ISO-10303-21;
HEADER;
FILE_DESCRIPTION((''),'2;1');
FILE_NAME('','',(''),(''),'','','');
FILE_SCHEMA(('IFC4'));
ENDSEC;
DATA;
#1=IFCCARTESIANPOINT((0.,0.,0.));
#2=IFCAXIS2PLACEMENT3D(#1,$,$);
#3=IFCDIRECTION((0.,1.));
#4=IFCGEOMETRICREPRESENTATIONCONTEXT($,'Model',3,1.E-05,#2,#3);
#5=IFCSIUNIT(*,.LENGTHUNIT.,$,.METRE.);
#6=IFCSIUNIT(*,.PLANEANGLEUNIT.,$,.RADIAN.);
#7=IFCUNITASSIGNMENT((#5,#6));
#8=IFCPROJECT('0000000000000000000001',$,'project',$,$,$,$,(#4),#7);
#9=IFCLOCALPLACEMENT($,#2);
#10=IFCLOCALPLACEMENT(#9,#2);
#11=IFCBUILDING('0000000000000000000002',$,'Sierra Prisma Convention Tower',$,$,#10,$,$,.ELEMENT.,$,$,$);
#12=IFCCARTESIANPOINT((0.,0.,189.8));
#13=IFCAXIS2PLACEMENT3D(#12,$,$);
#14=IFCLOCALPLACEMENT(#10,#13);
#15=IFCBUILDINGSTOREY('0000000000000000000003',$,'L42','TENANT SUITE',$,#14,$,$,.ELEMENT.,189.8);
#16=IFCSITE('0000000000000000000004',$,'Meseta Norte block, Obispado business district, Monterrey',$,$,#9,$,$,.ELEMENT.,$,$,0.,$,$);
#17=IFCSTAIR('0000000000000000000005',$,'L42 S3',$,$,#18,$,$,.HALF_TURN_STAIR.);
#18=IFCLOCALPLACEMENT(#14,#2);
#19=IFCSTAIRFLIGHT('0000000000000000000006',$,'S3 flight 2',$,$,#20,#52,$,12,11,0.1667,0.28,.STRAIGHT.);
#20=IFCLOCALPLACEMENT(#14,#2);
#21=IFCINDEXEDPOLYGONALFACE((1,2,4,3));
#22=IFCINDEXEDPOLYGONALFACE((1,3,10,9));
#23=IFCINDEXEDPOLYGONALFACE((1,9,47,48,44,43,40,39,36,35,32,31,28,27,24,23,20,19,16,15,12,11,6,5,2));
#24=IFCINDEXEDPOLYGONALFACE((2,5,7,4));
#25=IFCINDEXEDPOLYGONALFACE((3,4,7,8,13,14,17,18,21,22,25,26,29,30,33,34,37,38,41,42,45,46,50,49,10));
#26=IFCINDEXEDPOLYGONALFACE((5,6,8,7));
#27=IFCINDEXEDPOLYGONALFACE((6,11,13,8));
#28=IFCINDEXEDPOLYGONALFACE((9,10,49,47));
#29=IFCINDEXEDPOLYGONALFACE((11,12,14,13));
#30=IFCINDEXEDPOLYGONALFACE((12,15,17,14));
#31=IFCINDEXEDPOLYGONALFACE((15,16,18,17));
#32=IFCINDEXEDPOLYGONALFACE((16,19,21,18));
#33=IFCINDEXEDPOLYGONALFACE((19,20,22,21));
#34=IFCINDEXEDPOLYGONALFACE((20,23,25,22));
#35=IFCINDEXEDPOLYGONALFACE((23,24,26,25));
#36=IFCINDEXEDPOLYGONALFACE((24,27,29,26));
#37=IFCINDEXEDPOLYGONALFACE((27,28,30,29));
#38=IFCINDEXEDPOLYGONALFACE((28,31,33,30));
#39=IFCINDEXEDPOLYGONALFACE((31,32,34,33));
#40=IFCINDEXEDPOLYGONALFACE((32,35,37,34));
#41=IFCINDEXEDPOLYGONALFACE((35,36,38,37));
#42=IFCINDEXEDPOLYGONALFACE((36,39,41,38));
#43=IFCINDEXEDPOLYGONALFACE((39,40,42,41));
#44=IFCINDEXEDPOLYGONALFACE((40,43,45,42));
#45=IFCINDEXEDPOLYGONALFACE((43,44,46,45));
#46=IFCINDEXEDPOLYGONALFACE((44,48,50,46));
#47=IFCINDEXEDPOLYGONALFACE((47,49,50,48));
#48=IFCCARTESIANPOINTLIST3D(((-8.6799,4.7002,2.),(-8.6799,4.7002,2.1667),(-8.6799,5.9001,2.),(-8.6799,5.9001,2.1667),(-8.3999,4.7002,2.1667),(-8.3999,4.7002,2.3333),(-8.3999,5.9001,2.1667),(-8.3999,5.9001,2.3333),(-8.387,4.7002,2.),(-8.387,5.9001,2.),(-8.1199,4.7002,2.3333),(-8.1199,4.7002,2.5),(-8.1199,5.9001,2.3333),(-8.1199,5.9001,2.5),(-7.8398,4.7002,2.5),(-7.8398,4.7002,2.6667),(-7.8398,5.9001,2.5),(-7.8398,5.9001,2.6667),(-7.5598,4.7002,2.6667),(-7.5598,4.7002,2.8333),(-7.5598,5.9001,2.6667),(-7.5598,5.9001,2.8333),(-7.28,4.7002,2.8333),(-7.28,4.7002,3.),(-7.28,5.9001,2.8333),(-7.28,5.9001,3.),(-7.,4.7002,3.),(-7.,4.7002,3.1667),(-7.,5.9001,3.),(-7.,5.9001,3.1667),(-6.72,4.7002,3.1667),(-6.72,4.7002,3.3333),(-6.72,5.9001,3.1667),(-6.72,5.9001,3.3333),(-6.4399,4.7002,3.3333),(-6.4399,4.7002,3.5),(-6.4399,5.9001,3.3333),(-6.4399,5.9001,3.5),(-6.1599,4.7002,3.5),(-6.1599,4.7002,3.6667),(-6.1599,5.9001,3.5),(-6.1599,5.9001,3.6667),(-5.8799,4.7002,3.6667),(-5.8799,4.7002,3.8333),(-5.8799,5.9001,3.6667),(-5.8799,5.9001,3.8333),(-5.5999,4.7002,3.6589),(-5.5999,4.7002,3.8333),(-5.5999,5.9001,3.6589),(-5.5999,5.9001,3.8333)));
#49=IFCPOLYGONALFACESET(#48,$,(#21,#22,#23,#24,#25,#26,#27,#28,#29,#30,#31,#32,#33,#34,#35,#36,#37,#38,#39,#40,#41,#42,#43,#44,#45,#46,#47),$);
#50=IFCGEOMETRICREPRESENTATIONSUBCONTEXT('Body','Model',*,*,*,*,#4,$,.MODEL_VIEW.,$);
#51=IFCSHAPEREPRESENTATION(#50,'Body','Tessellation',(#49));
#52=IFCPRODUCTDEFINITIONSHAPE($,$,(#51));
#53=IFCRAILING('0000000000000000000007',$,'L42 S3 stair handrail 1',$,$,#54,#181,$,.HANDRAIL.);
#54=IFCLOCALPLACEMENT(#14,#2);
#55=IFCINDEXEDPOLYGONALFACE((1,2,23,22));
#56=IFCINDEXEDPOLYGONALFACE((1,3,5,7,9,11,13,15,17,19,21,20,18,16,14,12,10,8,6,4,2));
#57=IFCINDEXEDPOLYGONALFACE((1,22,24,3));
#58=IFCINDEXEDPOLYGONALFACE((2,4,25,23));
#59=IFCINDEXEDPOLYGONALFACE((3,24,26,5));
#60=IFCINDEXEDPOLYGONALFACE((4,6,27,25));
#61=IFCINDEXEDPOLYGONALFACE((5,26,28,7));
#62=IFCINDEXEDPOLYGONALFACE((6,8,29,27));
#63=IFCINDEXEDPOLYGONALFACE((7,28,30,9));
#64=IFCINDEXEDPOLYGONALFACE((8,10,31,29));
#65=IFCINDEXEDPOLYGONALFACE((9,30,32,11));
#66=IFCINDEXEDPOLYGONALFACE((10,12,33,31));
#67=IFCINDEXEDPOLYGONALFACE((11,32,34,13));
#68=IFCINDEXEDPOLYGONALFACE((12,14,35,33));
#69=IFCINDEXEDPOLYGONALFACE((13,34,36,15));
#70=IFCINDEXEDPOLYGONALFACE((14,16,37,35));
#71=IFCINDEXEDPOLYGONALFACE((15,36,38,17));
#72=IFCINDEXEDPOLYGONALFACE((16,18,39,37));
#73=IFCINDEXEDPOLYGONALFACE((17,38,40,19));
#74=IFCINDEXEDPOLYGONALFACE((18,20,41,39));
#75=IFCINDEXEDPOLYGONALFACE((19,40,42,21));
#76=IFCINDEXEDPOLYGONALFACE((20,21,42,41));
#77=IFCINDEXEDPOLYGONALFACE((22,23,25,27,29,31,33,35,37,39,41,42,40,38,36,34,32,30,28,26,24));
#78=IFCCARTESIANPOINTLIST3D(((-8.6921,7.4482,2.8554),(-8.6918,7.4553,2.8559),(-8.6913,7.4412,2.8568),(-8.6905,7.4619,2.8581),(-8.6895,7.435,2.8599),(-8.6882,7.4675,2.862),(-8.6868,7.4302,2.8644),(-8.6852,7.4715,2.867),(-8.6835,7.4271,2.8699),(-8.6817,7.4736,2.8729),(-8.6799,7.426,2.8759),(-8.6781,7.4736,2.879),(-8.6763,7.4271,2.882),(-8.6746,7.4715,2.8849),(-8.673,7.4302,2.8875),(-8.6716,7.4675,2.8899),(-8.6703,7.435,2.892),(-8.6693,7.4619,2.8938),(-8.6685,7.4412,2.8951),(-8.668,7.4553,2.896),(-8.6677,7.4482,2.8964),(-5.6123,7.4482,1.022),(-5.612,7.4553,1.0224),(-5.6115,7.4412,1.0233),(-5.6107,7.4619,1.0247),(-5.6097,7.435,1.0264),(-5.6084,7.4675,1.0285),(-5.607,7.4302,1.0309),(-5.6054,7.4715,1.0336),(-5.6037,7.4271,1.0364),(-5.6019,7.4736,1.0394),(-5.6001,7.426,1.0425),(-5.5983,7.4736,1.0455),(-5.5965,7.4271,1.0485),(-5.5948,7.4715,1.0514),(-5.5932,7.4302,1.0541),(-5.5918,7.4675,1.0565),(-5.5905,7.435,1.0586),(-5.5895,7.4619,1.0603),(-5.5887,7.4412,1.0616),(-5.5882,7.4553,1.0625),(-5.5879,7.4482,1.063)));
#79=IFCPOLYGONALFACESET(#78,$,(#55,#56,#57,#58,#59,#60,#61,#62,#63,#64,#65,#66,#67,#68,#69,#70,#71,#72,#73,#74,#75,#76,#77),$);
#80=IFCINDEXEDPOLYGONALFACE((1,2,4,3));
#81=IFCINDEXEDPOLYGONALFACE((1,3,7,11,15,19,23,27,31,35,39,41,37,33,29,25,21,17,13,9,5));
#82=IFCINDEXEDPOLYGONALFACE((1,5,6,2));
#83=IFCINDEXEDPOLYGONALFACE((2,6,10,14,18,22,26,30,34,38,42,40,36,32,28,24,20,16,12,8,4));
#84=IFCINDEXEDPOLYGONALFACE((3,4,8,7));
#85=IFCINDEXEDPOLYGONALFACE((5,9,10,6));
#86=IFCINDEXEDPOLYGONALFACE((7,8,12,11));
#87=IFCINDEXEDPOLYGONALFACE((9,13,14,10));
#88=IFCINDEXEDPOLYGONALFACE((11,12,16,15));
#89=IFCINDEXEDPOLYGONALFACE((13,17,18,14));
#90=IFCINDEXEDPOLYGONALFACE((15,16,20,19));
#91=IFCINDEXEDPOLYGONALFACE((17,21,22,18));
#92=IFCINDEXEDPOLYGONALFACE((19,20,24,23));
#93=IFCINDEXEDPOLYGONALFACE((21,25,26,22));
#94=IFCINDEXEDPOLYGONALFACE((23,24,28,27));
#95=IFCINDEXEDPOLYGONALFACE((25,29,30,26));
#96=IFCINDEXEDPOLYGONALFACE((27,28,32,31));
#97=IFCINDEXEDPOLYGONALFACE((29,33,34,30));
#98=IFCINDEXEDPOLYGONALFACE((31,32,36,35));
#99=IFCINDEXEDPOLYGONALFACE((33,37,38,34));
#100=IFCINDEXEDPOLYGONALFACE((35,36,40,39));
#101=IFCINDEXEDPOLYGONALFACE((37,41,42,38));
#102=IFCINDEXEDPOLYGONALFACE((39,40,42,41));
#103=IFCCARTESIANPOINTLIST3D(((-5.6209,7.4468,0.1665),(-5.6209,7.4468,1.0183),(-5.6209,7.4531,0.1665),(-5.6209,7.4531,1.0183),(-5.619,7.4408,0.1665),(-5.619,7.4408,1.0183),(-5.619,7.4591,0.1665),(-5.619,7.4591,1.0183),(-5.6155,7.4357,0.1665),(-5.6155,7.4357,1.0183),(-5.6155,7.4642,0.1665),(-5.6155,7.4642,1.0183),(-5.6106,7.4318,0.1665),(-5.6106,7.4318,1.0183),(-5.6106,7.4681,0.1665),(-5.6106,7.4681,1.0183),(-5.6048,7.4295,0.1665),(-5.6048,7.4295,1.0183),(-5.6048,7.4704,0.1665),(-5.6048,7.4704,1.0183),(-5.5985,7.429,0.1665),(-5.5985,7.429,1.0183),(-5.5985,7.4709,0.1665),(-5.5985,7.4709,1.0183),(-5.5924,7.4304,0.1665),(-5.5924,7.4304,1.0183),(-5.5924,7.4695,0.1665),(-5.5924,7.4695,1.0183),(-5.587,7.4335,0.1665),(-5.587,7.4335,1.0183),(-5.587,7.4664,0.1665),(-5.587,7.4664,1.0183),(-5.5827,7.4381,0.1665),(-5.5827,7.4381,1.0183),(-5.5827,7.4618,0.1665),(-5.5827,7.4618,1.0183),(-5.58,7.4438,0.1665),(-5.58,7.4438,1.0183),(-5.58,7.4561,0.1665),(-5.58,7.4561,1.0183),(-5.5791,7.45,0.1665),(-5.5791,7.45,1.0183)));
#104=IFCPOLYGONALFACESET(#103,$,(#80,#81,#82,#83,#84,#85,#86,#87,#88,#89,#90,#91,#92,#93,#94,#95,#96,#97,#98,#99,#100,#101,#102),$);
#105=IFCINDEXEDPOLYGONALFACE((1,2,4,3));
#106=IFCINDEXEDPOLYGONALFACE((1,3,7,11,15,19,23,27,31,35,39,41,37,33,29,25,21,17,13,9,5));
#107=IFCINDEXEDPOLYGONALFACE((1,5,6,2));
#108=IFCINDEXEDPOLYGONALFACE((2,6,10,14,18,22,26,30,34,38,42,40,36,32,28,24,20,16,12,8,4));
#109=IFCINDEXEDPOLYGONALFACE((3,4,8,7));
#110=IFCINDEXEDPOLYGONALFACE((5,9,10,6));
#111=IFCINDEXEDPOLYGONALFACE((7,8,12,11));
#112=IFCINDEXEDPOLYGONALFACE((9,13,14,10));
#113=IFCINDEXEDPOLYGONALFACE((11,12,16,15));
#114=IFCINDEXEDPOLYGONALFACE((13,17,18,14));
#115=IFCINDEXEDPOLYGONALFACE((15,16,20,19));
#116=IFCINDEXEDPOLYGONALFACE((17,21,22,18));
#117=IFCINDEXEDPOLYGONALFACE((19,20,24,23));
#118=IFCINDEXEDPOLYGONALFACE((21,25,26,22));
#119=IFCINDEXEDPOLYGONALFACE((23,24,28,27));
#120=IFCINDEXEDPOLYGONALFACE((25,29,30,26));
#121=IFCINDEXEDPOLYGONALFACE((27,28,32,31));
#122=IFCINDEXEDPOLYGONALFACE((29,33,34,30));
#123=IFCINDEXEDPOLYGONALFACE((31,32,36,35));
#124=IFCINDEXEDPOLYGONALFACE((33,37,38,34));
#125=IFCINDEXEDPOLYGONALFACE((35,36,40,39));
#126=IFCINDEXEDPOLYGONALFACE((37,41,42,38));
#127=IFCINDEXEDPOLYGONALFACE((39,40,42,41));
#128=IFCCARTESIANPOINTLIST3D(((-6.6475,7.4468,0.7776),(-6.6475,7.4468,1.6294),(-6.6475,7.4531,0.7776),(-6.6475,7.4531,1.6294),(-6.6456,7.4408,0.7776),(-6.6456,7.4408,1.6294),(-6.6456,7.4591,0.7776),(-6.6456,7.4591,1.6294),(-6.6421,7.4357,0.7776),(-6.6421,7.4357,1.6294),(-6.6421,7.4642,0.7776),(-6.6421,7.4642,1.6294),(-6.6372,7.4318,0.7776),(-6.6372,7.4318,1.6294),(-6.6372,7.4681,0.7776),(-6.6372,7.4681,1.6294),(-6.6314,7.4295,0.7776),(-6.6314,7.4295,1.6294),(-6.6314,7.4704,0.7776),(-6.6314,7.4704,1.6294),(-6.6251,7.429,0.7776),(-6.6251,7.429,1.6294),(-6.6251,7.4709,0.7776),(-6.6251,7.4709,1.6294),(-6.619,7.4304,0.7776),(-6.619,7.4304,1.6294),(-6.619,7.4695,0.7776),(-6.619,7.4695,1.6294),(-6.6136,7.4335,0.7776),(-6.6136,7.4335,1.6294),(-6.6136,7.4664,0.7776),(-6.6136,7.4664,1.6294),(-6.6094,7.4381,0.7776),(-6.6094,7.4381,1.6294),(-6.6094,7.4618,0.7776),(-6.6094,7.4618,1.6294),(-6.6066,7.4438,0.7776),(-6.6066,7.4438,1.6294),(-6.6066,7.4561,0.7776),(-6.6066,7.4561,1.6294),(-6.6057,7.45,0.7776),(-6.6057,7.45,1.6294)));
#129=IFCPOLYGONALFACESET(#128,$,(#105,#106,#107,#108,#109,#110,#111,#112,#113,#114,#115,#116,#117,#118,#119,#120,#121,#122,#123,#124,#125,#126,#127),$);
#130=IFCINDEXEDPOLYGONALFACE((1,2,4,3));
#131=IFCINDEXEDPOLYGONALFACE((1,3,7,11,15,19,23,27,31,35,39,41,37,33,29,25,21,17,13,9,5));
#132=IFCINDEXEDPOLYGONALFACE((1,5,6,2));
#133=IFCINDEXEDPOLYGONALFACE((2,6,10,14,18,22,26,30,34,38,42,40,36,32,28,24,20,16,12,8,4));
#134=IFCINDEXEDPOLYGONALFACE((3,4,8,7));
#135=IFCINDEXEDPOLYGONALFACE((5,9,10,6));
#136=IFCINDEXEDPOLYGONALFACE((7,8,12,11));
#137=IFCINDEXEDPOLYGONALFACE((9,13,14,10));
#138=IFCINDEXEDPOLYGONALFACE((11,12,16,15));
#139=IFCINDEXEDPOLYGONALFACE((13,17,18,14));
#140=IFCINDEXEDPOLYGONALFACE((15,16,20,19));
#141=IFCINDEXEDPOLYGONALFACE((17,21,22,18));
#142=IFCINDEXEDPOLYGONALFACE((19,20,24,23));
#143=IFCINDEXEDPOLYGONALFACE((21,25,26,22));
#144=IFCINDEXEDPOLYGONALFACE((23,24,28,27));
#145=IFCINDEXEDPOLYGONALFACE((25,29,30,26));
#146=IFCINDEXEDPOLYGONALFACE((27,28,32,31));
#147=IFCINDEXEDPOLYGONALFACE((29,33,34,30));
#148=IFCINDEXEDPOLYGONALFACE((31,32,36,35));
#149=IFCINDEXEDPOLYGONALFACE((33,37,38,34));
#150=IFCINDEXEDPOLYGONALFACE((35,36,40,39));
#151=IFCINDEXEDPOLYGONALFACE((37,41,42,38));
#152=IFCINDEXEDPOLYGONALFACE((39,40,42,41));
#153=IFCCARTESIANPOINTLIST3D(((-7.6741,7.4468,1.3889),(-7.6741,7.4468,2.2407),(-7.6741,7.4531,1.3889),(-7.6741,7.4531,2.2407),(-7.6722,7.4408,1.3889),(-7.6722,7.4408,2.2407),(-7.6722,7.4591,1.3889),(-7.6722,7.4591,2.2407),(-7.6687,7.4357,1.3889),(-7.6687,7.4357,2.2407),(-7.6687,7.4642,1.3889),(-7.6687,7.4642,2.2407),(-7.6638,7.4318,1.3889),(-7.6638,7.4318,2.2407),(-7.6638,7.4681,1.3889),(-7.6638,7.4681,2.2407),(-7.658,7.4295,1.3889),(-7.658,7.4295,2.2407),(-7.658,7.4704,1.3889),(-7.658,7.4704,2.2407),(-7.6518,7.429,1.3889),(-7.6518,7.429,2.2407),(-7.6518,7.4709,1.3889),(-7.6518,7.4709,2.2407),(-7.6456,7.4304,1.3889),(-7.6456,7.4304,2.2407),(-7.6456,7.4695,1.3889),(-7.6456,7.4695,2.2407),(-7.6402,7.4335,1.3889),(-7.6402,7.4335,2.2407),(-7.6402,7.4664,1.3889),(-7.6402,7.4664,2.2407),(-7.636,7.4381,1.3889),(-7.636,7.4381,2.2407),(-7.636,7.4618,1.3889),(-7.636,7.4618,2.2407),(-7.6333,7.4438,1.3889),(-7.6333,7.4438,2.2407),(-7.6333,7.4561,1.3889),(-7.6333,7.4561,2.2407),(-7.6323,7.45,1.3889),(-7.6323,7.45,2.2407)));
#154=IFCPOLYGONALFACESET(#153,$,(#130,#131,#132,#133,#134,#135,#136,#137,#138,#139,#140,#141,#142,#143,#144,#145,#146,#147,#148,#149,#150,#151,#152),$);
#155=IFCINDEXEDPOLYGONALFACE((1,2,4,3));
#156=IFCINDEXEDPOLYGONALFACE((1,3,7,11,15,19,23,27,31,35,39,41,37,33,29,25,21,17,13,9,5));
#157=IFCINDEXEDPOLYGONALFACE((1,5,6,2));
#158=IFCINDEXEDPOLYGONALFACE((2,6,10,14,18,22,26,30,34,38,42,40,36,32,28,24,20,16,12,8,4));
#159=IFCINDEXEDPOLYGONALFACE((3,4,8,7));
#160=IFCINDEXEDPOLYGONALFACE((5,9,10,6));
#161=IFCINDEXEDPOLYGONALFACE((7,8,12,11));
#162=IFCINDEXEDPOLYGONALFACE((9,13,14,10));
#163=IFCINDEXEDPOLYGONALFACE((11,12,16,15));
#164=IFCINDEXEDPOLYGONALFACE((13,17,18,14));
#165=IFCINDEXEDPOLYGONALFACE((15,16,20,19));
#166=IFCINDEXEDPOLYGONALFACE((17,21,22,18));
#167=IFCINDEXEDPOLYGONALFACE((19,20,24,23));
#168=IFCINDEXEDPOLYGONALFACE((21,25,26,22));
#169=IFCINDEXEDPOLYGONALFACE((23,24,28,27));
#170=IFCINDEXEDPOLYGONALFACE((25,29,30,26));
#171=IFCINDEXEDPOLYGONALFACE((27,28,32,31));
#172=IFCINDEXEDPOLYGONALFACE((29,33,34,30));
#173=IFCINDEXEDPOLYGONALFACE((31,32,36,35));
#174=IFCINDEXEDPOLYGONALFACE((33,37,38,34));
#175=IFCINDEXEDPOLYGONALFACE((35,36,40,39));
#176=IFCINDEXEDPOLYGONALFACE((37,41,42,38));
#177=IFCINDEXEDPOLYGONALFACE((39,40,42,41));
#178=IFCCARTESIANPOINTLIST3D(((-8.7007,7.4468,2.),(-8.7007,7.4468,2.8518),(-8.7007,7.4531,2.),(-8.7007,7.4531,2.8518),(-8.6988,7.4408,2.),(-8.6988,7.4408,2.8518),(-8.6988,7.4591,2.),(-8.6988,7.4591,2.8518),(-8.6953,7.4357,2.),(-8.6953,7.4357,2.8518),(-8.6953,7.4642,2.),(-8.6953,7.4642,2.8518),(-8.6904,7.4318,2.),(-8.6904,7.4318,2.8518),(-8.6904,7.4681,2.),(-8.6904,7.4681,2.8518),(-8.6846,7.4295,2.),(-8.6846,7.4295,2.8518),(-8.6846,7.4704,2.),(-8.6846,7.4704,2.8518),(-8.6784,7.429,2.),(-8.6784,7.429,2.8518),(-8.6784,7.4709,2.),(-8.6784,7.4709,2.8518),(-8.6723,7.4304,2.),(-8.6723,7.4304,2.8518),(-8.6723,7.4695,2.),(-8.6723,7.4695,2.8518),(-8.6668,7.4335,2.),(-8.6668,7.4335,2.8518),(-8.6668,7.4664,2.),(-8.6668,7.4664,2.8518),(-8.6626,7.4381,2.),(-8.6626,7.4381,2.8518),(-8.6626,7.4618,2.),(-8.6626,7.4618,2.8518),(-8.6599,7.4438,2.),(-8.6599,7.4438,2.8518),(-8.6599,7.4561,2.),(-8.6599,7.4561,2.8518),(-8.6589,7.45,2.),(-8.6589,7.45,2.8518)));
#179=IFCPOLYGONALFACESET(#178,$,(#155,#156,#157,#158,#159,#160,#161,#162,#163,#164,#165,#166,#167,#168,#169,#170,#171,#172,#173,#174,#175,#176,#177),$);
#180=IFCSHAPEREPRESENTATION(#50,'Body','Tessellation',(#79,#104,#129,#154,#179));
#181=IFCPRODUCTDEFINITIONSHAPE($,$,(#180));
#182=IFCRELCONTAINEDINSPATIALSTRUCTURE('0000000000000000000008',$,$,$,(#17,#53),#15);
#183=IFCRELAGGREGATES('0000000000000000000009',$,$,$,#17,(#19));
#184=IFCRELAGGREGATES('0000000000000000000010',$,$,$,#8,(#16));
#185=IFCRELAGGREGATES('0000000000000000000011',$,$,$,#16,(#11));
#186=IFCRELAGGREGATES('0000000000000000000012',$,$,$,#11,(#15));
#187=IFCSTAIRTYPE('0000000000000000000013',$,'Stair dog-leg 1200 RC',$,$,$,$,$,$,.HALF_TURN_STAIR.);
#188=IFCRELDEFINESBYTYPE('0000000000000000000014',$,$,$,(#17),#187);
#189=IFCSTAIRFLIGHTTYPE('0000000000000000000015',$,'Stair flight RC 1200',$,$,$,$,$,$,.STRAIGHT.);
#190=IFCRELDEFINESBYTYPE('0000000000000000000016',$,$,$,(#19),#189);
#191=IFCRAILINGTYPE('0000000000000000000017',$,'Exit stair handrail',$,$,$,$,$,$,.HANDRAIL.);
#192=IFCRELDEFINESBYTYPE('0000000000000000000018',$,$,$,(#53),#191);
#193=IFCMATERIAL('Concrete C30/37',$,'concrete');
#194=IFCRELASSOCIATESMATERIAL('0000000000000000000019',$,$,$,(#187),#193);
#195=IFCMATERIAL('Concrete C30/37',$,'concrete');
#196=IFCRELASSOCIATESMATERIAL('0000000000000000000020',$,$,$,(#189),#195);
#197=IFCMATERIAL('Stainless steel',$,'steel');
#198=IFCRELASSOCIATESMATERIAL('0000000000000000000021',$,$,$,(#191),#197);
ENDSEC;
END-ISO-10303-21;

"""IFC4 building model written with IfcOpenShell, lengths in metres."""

from ifc_helpers import new_model, si_unit, direction, frame, origin, origin_2d, place, context, subcontext, project, spatial, polyline, circle, outline, extrude, material, type_object, element, aggregate, save


model = new_model("IFC4")

# Units and contexts
model_context = context("Model", 3, precision=1e-05, world=origin(), true_north=direction((0.0, 1.0)))
body_context = subcontext(model_context, "Body", "Model", "MODEL_VIEW")
ifc_project = project(units=[si_unit("LENGTHUNIT", "METRE"), si_unit("PLANEANGLEUNIT", "RADIAN")], contexts=[model_context])

# Site, building, storey
site_placement = place(None, origin())
site = spatial("IfcSite", under=ifc_project, at=site_placement, Name="Meseta Norte block, Obispado business district, Monterrey", CompositionType="ELEMENT", RefElevation=0.0)
building_placement = place(site_placement, origin())
building = spatial("IfcBuilding", under=site, at=building_placement, Name="Sierra Prisma Convention Tower", CompositionType="ELEMENT")
storey_placement = place(building_placement, frame((0.0, 0.0, 189.8)))
storey = spatial("IfcBuildingStorey", under=building, at=storey_placement, Name="L42", Description="TENANT SUITE", CompositionType="ELEMENT", Elevation=189.8)

# Stair, stair flight
ifc_material_1 = material(Name="Concrete C30/37", Category="concrete")
stair_type = type_object("IfcStairType", Name="Stair dog-leg 1200 RC", PredefinedType="HALF_TURN_STAIR", material=ifc_material_1)
stair_placement = place(storey_placement, origin())
stair = element("IfcStair", 1, at=stair_placement, inside=storey, type_object=stair_type, Name="L42 S3", PredefinedType="HALF_TURN_STAIR")
ifc_material_2 = material(Name="Concrete C30/37", Category="concrete")
stair_flight_type = type_object("IfcStairFlightType", Name="Stair flight RC 1200", PredefinedType="STRAIGHT", material=ifc_material_2)
stair_flight_1_placement = place(storey_placement, frame((-8.6799, 5.3, 2.0), z_axis=(0.0, 0.0, 1.0), x_axis=(1.0, 0.0, 0.0)))
stair_flight_1 = element("IfcStairFlight", 2, at=stair_flight_1_placement, type_object=stair_flight_type, Name="S3 flight 2", NumberOfRisers=12, NumberOfTreads=11, PredefinedType="STRAIGHT", RiserHeight=0.1667, TreadLength=0.28, context=body_context, shape_type="SweptSolid", body=[
    extrude(outline(polyline([(0.0, 0.0), (0.0, 0.1667), (0.28, 0.1667), (0.28, 0.3333), (0.5601, 0.3333), (0.5601, 0.5), (0.8401, 0.5), (0.8401, 0.6667), (1.1201, 0.6667), (1.1201, 0.8333), (1.3999, 0.8333), (1.3999, 1.0), (1.6799, 1.0), (1.6799, 1.1667), (1.96, 1.1667), (1.96, 1.3333), (2.24, 1.3333), (2.24, 1.5), (2.52, 1.5), (2.52, 1.6667), (2.8, 1.6667), (2.8, 1.8333), (3.0801, 1.8333), (3.0801, 2.0), (3.0801, 1.6589), (0.293, 0.0), (0.0, 0.0)])), frame((0.0, 0.6001, 0.0), z_axis=(0.0, -1.0, 0.0), x_axis=(1.0, 0.0, 0.0)), (0.0, 0.0, 1.0), 1.2),
])
aggregate(stair, [stair_flight_1])

# Railing
ifc_material_3 = material(Name="Stainless steel", Category="steel")
railing_type_1 = type_object("IfcRailingType", Name="Exit stair handrail", PredefinedType="HANDRAIL", material=ifc_material_3)
railing_1_placement = place(storey_placement, frame((-5.6001, 7.45, 0.1665)))
element("IfcRailing", 3, at=railing_1_placement, inside=storey, type_object=railing_type_1, Name="L42 S3 stair handrail 1", PredefinedType="HANDRAIL", context=body_context, shape_type="SweptSolid", body=[
    extrude(circle(Radius=0.0239, at=origin_2d()), frame((0.0, 0.0, 0.876), z_axis=(-0.859261, 0.0, 0.511538), x_axis=(0.0, -1.0, 0.0)), (0.0, 0.0, 1.0), 3.5842),
    extrude(circle(Radius=0.021, at=origin_2d()), origin(), (0.0, 0.0, 1.0), 0.8518),
    extrude(circle(Radius=0.021, at=origin_2d()), frame((-1.0266, 0.0, 0.6111)), (0.0, 0.0, 1.0), 0.8518),
    extrude(circle(Radius=0.021, at=origin_2d()), frame((-2.0532, 0.0, 1.2224)), (0.0, 0.0, 1.0), 0.8518),
    extrude(circle(Radius=0.021, at=origin_2d()), frame((-3.0798, 0.0, 1.8335)), (0.0, 0.0, 1.0), 0.8518),
])

save(model, "model.ifc")
